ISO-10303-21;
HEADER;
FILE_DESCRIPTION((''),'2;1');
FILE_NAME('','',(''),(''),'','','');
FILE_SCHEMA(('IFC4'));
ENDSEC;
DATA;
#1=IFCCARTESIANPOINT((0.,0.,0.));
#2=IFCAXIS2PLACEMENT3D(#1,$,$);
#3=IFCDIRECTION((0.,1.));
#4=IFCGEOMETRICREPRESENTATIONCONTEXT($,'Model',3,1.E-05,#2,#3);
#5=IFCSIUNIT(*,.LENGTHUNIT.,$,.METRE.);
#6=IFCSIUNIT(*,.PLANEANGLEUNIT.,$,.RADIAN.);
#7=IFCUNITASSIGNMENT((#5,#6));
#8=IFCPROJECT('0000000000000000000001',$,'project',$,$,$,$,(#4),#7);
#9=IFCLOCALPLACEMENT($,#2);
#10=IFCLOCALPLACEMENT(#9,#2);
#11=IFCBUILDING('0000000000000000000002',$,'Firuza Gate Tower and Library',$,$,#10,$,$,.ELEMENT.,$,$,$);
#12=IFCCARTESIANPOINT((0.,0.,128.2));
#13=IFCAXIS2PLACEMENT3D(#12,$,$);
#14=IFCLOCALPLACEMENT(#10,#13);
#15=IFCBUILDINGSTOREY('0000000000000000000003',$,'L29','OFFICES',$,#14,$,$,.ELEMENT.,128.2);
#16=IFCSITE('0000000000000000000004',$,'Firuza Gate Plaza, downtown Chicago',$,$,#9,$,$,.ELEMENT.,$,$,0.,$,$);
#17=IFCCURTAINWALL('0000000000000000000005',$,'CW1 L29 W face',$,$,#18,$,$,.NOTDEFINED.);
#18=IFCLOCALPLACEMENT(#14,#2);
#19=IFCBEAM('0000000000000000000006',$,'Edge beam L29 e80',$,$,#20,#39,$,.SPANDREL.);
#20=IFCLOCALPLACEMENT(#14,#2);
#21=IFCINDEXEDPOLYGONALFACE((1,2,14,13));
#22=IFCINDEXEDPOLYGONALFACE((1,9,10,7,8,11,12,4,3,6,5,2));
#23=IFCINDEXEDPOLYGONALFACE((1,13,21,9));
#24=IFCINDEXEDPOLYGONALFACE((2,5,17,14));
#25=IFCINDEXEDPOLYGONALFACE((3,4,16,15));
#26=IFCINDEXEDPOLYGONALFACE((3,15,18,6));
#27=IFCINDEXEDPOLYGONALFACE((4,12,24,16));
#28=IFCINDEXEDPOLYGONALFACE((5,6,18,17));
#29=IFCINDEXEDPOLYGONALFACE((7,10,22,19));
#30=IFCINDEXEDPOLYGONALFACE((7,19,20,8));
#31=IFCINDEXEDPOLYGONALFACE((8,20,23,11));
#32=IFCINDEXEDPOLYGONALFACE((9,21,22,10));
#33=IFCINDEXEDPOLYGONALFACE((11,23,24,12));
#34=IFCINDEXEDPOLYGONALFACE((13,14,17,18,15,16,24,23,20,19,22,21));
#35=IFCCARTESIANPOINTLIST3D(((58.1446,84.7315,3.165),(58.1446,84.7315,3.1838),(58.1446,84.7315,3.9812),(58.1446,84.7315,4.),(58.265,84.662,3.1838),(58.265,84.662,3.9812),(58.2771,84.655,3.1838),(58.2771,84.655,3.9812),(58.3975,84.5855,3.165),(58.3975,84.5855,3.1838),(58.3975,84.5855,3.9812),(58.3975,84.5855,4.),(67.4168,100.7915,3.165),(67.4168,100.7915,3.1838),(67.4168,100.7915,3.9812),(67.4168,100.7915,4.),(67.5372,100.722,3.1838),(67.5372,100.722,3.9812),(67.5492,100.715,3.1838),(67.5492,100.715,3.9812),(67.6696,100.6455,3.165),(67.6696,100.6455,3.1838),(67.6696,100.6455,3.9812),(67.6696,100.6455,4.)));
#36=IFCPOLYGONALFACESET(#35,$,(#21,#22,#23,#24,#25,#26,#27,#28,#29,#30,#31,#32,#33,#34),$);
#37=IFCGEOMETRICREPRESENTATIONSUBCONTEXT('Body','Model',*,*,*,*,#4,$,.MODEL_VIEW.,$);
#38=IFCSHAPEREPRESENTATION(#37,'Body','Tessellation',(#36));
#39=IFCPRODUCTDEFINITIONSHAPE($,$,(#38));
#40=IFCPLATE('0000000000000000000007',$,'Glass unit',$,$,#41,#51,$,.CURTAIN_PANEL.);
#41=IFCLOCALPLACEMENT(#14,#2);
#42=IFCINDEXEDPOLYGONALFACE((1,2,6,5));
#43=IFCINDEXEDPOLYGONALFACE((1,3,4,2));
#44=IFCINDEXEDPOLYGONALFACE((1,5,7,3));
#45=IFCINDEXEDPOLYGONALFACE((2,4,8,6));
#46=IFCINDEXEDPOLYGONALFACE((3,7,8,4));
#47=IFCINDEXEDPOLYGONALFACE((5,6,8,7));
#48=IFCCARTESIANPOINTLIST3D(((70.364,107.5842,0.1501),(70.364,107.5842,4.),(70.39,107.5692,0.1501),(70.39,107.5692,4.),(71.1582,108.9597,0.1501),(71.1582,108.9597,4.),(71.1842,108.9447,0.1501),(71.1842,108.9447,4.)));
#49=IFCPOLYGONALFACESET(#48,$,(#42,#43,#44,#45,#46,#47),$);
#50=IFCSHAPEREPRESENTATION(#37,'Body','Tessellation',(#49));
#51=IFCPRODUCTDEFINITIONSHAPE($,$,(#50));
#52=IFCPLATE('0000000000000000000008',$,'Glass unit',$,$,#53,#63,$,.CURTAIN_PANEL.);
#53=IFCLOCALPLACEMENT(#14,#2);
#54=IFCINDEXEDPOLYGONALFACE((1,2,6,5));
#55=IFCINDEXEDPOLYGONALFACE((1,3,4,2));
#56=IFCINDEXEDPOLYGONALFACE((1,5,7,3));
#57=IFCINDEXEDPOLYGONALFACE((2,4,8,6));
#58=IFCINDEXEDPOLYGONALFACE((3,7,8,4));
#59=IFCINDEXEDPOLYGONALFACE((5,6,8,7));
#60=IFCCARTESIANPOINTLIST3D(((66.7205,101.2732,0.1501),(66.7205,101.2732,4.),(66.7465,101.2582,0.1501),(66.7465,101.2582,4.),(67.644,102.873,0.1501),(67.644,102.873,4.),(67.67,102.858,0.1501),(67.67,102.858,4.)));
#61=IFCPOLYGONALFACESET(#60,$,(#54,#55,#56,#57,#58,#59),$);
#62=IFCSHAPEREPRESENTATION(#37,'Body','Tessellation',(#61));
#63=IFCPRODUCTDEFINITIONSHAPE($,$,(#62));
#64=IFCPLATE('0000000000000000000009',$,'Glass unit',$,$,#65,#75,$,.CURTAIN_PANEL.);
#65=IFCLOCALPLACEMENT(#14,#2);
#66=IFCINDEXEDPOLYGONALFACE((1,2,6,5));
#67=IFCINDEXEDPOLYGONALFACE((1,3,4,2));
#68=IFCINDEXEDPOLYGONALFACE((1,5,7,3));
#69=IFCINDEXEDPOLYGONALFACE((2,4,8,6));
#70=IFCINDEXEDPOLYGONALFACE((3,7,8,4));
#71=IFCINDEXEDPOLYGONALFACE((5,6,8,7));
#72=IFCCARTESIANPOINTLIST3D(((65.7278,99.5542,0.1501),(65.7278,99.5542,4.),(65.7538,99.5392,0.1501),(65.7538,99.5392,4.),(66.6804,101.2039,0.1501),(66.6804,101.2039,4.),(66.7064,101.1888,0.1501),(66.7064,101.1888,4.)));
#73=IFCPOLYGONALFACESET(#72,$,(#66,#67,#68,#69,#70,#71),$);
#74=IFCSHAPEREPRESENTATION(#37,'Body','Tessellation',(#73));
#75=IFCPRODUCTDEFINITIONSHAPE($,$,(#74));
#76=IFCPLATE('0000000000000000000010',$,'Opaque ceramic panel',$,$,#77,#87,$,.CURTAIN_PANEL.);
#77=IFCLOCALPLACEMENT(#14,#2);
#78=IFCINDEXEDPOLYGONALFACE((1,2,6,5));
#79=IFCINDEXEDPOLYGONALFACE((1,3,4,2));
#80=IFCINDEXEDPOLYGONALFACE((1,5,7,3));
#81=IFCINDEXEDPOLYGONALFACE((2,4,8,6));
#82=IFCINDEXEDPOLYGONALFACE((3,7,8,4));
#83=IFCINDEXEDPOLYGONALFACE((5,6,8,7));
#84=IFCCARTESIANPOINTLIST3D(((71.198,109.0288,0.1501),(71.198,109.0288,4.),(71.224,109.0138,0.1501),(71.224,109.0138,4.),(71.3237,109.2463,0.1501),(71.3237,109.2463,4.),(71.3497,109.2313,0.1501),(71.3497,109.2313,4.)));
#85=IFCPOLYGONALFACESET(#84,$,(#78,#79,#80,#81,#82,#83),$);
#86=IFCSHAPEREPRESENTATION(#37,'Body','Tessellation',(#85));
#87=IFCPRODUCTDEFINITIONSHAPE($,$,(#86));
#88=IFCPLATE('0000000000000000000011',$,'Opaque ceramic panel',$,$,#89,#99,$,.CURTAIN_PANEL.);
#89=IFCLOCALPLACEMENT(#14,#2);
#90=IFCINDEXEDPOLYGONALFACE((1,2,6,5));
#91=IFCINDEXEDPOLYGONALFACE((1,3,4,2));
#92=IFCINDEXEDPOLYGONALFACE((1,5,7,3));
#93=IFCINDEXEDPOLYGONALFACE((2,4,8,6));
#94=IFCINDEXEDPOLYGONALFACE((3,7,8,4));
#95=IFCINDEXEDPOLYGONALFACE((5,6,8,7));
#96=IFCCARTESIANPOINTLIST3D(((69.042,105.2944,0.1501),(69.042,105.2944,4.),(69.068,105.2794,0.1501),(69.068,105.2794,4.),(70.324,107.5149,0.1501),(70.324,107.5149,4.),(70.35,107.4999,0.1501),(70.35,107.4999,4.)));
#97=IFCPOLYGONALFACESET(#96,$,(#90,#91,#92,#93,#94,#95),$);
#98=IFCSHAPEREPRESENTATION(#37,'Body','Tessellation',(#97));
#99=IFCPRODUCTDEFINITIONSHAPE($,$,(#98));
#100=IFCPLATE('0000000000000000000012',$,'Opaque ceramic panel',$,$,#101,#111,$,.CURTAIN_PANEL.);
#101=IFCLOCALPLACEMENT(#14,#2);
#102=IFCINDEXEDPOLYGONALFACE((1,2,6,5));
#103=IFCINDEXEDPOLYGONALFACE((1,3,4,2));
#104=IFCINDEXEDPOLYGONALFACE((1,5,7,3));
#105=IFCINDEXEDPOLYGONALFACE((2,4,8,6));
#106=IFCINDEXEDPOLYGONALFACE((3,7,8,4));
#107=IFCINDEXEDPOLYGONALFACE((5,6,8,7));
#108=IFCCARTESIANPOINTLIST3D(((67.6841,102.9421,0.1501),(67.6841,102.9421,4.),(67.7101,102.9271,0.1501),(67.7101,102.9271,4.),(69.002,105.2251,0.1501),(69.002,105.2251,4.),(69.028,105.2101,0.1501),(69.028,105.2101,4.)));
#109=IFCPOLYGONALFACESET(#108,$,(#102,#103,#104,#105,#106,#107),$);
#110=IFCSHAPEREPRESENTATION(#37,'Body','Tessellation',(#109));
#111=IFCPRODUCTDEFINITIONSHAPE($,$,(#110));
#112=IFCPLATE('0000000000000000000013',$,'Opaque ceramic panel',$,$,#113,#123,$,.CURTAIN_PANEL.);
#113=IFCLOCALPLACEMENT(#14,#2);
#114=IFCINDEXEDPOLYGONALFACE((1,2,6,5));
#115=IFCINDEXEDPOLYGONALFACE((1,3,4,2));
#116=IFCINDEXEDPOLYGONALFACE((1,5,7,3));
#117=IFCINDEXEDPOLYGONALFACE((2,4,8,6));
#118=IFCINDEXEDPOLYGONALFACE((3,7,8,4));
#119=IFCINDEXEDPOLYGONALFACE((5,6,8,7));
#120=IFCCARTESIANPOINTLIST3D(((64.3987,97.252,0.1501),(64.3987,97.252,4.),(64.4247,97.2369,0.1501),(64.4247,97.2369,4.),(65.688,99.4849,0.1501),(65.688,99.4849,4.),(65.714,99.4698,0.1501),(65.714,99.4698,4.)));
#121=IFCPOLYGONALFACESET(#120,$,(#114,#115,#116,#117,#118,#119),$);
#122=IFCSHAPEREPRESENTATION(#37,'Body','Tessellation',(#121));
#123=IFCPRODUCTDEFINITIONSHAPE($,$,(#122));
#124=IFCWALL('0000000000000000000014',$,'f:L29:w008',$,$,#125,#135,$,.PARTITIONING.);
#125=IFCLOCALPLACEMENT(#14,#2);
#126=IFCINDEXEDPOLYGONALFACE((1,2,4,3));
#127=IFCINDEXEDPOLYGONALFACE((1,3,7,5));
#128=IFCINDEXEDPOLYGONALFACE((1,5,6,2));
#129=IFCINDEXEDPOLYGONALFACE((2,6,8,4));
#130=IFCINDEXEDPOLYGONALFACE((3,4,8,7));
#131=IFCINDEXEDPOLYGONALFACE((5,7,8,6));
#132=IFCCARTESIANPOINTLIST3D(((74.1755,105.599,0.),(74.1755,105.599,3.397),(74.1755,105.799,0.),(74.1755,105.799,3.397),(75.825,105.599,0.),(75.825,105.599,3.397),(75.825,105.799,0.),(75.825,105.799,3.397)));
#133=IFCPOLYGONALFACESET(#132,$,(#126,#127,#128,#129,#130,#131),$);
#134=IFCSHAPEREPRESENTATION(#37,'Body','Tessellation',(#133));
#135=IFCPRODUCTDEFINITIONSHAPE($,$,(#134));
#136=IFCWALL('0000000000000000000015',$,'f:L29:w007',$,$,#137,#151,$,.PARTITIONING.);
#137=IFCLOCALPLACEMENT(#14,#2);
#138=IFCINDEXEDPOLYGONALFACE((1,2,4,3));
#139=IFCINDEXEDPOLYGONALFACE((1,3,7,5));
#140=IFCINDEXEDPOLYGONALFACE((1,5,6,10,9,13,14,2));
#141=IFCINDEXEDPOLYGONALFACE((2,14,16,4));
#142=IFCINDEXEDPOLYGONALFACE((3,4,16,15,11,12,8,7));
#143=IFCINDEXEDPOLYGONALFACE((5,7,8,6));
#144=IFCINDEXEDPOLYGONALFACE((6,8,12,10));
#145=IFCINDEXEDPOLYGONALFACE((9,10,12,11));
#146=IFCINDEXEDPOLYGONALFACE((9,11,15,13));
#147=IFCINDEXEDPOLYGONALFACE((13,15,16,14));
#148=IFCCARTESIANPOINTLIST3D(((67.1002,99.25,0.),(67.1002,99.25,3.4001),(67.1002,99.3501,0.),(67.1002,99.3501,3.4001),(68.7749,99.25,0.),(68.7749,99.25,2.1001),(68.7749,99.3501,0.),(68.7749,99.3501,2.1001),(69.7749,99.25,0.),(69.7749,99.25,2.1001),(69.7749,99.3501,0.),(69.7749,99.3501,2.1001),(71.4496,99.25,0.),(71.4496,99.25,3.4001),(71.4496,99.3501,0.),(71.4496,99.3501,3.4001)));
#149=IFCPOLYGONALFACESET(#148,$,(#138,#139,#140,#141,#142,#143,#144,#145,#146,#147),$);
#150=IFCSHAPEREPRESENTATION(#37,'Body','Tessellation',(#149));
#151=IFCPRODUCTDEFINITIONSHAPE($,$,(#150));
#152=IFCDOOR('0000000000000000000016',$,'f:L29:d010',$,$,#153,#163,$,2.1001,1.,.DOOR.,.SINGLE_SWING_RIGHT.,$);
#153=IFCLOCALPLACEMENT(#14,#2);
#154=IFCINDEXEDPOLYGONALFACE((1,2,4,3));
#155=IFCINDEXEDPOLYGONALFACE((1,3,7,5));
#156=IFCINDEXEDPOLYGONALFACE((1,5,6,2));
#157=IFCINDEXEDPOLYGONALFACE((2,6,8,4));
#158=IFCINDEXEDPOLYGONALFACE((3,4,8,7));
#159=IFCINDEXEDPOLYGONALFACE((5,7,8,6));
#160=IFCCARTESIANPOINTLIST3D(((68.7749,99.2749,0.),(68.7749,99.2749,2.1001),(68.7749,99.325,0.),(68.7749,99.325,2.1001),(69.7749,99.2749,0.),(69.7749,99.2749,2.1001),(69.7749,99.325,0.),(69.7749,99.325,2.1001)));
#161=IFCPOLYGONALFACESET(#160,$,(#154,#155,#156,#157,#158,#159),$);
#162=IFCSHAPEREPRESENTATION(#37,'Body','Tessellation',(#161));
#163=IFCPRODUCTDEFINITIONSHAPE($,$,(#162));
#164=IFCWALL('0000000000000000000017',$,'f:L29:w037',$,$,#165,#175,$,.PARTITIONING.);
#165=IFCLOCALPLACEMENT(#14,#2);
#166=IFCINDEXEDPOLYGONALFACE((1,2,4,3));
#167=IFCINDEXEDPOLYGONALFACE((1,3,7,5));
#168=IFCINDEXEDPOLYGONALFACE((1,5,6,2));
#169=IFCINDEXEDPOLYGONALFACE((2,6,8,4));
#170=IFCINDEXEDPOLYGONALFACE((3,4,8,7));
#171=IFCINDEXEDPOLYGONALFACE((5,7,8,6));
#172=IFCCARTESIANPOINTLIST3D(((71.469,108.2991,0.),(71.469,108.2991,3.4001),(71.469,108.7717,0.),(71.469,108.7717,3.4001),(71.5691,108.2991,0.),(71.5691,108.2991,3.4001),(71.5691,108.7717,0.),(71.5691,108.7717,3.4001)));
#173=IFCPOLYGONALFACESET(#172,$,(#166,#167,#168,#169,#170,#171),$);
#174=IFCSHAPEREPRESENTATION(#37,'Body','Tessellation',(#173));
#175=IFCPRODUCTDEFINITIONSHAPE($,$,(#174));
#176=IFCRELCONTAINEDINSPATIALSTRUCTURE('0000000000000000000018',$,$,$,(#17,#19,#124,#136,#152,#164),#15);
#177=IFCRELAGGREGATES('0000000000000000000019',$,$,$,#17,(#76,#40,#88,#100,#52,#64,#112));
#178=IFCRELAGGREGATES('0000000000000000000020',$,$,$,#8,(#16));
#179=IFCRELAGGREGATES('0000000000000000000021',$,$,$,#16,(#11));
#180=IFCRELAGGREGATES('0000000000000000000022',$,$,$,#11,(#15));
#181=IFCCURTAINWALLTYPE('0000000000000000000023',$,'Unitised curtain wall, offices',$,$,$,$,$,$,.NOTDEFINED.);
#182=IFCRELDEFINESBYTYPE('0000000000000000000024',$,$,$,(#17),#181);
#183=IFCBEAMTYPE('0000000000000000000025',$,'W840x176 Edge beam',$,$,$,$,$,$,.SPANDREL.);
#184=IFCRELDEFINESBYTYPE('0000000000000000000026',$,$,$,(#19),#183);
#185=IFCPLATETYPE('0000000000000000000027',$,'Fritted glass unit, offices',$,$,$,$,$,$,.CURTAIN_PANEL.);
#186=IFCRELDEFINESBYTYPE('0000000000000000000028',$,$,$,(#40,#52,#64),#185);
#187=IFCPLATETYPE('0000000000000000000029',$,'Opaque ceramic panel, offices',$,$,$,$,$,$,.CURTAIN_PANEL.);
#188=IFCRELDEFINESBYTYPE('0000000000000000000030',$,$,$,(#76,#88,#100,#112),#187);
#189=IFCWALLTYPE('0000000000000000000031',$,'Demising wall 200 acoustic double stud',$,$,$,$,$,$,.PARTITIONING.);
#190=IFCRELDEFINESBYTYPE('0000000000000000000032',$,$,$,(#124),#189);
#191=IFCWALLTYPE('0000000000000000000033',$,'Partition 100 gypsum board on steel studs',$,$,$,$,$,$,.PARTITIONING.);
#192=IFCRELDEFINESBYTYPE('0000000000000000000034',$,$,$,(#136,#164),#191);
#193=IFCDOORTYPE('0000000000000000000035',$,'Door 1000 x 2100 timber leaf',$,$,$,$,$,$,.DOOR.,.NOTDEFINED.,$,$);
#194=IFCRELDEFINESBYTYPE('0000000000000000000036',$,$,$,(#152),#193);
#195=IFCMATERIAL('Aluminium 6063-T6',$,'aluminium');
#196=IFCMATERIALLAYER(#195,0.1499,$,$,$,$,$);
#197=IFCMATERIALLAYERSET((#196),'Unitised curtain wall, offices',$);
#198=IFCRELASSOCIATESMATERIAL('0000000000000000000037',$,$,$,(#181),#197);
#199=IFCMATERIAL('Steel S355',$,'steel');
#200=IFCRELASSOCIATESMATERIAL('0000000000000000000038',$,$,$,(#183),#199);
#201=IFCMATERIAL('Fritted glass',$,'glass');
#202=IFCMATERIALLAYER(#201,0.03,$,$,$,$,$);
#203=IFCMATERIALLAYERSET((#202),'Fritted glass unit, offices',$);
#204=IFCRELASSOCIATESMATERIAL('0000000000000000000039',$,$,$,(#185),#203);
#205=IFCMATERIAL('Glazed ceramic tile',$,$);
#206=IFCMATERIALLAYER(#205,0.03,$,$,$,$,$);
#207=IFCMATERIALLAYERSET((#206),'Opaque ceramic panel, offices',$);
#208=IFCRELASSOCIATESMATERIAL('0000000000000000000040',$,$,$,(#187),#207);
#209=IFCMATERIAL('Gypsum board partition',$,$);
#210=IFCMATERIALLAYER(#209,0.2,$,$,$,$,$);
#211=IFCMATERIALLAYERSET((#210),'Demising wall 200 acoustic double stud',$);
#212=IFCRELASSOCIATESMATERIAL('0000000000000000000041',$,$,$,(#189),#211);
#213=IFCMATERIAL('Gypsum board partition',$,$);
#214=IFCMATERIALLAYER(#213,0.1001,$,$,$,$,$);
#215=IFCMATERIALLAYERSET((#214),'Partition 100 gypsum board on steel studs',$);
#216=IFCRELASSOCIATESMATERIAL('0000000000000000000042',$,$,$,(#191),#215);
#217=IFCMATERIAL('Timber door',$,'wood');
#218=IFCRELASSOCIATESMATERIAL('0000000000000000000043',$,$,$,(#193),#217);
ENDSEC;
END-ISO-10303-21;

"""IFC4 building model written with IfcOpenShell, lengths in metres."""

from ifc_helpers import new_model, si_unit, direction, frame, frame_2d, origin, origin_2d, place, context, subcontext, project, spatial, polyline, rectangle, i_section, outline, extrude, material, layer, layer_set, material_profile, profile_set, type_object, element, fill, aggregate, save


model = new_model("IFC4")

# Units and contexts
model_context = context("Model", 3, precision=1e-05, world=origin(), true_north=direction((0.0, 1.0)))
body_context = subcontext(model_context, "Body", "Model", "MODEL_VIEW")
ifc_project = project(units=[si_unit("LENGTHUNIT", "METRE"), si_unit("PLANEANGLEUNIT", "RADIAN")], contexts=[model_context])

# Site, building, storey
site_placement = place(None, origin())
site = spatial("IfcSite", under=ifc_project, at=site_placement, Name="Firuza Gate Plaza, downtown Chicago", CompositionType="ELEMENT", RefElevation=0.0)
building_placement = place(site_placement, origin())
building = spatial("IfcBuilding", under=site, at=building_placement, Name="Firuza Gate Tower and Library", CompositionType="ELEMENT")
storey_placement = place(building_placement, frame((0.0, 0.0, 128.2)))
storey = spatial("IfcBuildingStorey", under=building, at=storey_placement, Name="L29", Description="OFFICES", CompositionType="ELEMENT", Elevation=128.2)

# Curtain wall
ifc_material_1 = material(Name="Aluminium 6063-T6", Category="aluminium")
ifc_layer_1 = layer(ifc_material_1, 0.1499)
ifc_layer_set_1 = layer_set([ifc_layer_1], Name="Unitised curtain wall, offices")
curtain_wall_type = type_object("IfcCurtainWallType", Name="Unitised curtain wall, offices", PredefinedType="NOTDEFINED", material=ifc_layer_set_1)
curtain_wall_placement = place(storey_placement, origin())
curtain_wall = element("IfcCurtainWall", 1, at=curtain_wall_placement, inside=storey, type_object=curtain_wall_type, Name="CW1 L29 W face", PredefinedType="NOTDEFINED")

# Beam
ifc_material_2 = material(Name="Steel S355", Category="steel")
ifc_material_profile_1 = material_profile(ifc_material_2, i_section(OverallWidth=0.292, OverallDepth=0.835, WebThickness=0.0139, FlangeThickness=0.0188, at=origin_2d()))
ifc_profile_set_1 = profile_set([ifc_material_profile_1], Name="Steel S355")
beam_type_1 = type_object("IfcBeamType", Name="W840x176 Edge beam", PredefinedType="SPANDREL", material=ifc_profile_set_1)
beam_1_placement = place(storey_placement, frame((67.5432, 100.7185, 3.5825), z_axis=(-0.499997, -0.866027, 0.0), x_axis=(0.866027, -0.499997, 0.0)))
element("IfcBeam", 2, at=beam_1_placement, inside=storey, type_object=beam_type_1, Name="Edge beam L29 e80", PredefinedType="SPANDREL", context=body_context, shape_type="SweptSolid", body=[
    extrude(i_section(OverallWidth=0.292, OverallDepth=0.835, WebThickness=0.0139, FlangeThickness=0.0188, at=origin_2d()), origin(), (0.0, 0.0, 1.0), 18.5444),
])

# Plates
ifc_material_3 = material(Name="Fritted glass", Category="glass")
ifc_layer_2 = layer(ifc_material_3, 0.03)
ifc_layer_set_2 = layer_set([ifc_layer_2], Name="Fritted glass unit, offices")
plate_type_1 = type_object("IfcPlateType", Name="Fritted glass unit, offices", PredefinedType="CURTAIN_PANEL", material=ifc_layer_set_2)
plate_1_placement = place(storey_placement, frame((71.1582, 108.9597, 0.1501), z_axis=(-0.866012, 0.500024, 0.0), x_axis=(-0.500024, -0.866012, 0.0)))
plate_1 = element("IfcPlate", 3, at=plate_1_placement, type_object=plate_type_1, Name="Glass unit", PredefinedType="CURTAIN_PANEL", context=body_context, shape_type="SweptSolid", body=[
    extrude(outline(polyline([(0.0, 0.0), (1.5883, 0.0), (1.5883, 3.8499), (0.0, 3.8499), (0.0, 0.0)])), origin(), (0.0, 0.0, -1.0), 0.03),
])
plate_2_placement = place(storey_placement, frame((67.644, 102.873, 0.1501), z_axis=(-0.866047, 0.499963, 0.0), x_axis=(-0.499963, -0.866047, 0.0)))
plate_2 = element("IfcPlate", 4, at=plate_2_placement, type_object=plate_type_1, Name="Glass unit", PredefinedType="CURTAIN_PANEL", context=body_context, shape_type="SweptSolid", body=[
    extrude(outline(polyline([(0.0, 0.0), (1.8473, 0.0), (1.8473, 3.8499), (0.0, 3.8499), (0.0, 0.0)])), origin(), (0.0, 0.0, -1.0), 0.03),
])
plate_3_placement = place(storey_placement, frame((66.6804, 101.2039, 0.1501), z_axis=(-0.865979, 0.500081, 0.0), x_axis=(-0.500081, -0.865979, 0.0)))
plate_3 = element("IfcPlate", 5, at=plate_3_placement, type_object=plate_type_1, Name="Glass unit", PredefinedType="CURTAIN_PANEL", context=body_context, shape_type="SweptSolid", body=[
    extrude(outline(polyline([(0.0, 0.0), (1.905, 0.0), (1.905, 3.8499), (0.0, 3.8499), (0.0, 0.0)])), origin(), (0.0, 0.0, -1.0), 0.03),
])
ifc_material_4 = material(Name="Glazed ceramic tile")
ifc_layer_3 = layer(ifc_material_4, 0.03)
ifc_layer_set_3 = layer_set([ifc_layer_3], Name="Opaque ceramic panel, offices")
plate_type_2 = type_object("IfcPlateType", Name="Opaque ceramic panel, offices", PredefinedType="CURTAIN_PANEL", material=ifc_layer_set_3)
plate_4_placement = place(storey_placement, frame((71.3237, 109.2463, 0.1501), z_axis=(-0.865781, 0.500423, 0.0), x_axis=(-0.500423, -0.865781, 0.0)))
plate_4 = element("IfcPlate", 6, at=plate_4_placement, type_object=plate_type_2, Name="Opaque ceramic panel", PredefinedType="CURTAIN_PANEL", context=body_context, shape_type="SweptSolid", body=[
    extrude(outline(polyline([(0.0, 0.0), (0.2513, 0.0), (0.2513, 3.8499), (0.0, 3.8499), (0.0, 0.0)])), origin(), (0.0, 0.0, -1.0), 0.03),
])
plate_5_placement = place(storey_placement, frame((70.324, 107.5149, 0.1501), z_axis=(-0.866025, 0.5, 0.0), x_axis=(-0.5, -0.866025, 0.0)))
plate_5 = element("IfcPlate", 7, at=plate_5_placement, type_object=plate_type_2, Name="Opaque ceramic panel", PredefinedType="CURTAIN_PANEL", context=body_context, shape_type="SweptSolid", body=[
    extrude(outline(polyline([(0.0, 0.0), (2.564, 0.0), (2.564, 3.8499), (0.0, 3.8499), (0.0, 0.0)])), origin(), (0.0, 0.0, -1.0), 0.03),
])
plate_6_placement = place(storey_placement, frame((69.002, 105.2251, 0.1501), z_axis=(-0.866058, 0.499944, 0.0), x_axis=(-0.499944, -0.866058, 0.0)))
plate_6 = element("IfcPlate", 8, at=plate_6_placement, type_object=plate_type_2, Name="Opaque ceramic panel", PredefinedType="CURTAIN_PANEL", context=body_context, shape_type="SweptSolid", body=[
    extrude(outline(polyline([(0.0, 0.0), (2.636, 0.0), (2.636, 3.8499), (0.0, 3.8499), (0.0, 0.0)])), origin(), (0.0, 0.0, -1.0), 0.03),
])
plate_7_placement = place(storey_placement, frame((65.688, 99.4849, 0.1501), z_axis=(-0.866003, 0.500039, 0.0), x_axis=(-0.500039, -0.866003, 0.0)))
plate_7 = element("IfcPlate", 9, at=plate_7_placement, type_object=plate_type_2, Name="Opaque ceramic panel", PredefinedType="CURTAIN_PANEL", context=body_context, shape_type="SweptSolid", body=[
    extrude(outline(polyline([(0.0, 0.0), (2.5784, 0.0), (2.5784, 3.8499), (0.0, 3.8499), (0.0, 0.0)])), origin(), (0.0, 0.0, -1.0), 0.03),
])
aggregate(curtain_wall, [plate_4, plate_1, plate_5, plate_6, plate_2, plate_3, plate_7])

# Wall
ifc_material_5 = material(Name="Gypsum board partition")
ifc_layer_4 = layer(ifc_material_5, 0.2)
ifc_layer_set_4 = layer_set([ifc_layer_4], Name="Demising wall 200 acoustic double stud")
wall_type_1 = type_object("IfcWallType", Name="Demising wall 200 acoustic double stud", PredefinedType="PARTITIONING", material=ifc_layer_set_4)
wall_1_placement = place(storey_placement, frame((74.1755, 105.699, 0.0), z_axis=(0.0, 0.0, 1.0), x_axis=(1.0, 0.0, 0.0)))
element("IfcWall", 10, at=wall_1_placement, inside=storey, type_object=wall_type_1, Name="f:L29:w008", PredefinedType="PARTITIONING", context=body_context, shape_type="SweptSolid", body=[
    extrude(rectangle(XDim=1.6494, YDim=0.2, at=frame_2d((0.8247, 0.0))), origin(), (0.0, 0.0, 1.0), 3.397),
])

# Wall, opening, door
ifc_material_6 = material(Name="Gypsum board partition")
ifc_layer_5 = layer(ifc_material_6, 0.1001)
ifc_layer_set_5 = layer_set([ifc_layer_5], Name="Partition 100 gypsum board on steel studs")
wall_type_2 = type_object("IfcWallType", Name="Partition 100 gypsum board on steel studs", PredefinedType="PARTITIONING", material=ifc_layer_set_5)
wall_2_placement = place(storey_placement, frame((67.1001, 99.3, 0.0), z_axis=(0.0, 0.0, 1.0), x_axis=(1.0, 0.0, 0.0)))
wall_2 = element("IfcWall", 11, at=wall_2_placement, inside=storey, type_object=wall_type_2, Name="f:L29:w007", PredefinedType="PARTITIONING", context=body_context, shape_type="SweptSolid", body=[
    extrude(rectangle(XDim=4.3494, YDim=0.1001, at=frame_2d((2.1748, 0.0))), origin(), (0.0, 0.0, 1.0), 3.4001),
])
opening_placement = place(wall_2_placement, frame((1.6748, 0.0, 0.0)))
opening = element("IfcOpeningElement", 12, at=opening_placement, cuts=wall_2, PredefinedType="OPENING", context=body_context, shape_type="SweptSolid", body=[
    extrude(rectangle(XDim=1.0, YDim=2.1001, at=frame_2d((0.5, 1.05))), frame((0.0, 0.0601, 0.0), z_axis=(0.0, -1.0, 0.0), x_axis=(1.0, 0.0, 0.0)), (0.0, 0.0, 1.0), 0.1201),
])
ifc_material_7 = material(Name="Timber door", Category="wood")
door_type = type_object("IfcDoorType", Name="Door 1000 x 2100 timber leaf", OperationType="NOTDEFINED", PredefinedType="DOOR", material=ifc_material_7)
door_placement = place(opening_placement, origin())
door = element("IfcDoor", 13, at=door_placement, inside=storey, type_object=door_type, Name="f:L29:d010", OperationType="SINGLE_SWING_RIGHT", OverallHeight=2.1001, OverallWidth=1.0, PredefinedType="DOOR", context=body_context, shape_type="SweptSolid", body=[
    extrude(rectangle(XDim=1.0, YDim=2.1001, at=frame_2d((0.5, 1.05))), frame((0.0, 0.0249, 0.0), z_axis=(0.0, -1.0, 0.0), x_axis=(1.0, 0.0, 0.0)), (0.0, 0.0, 1.0), 0.05),
])
fill(opening, door)

# Wall
wall_3_placement = place(storey_placement, frame((71.519, 108.2991, 0.0), z_axis=(0.0, 0.0, 1.0), x_axis=(0.0, 1.0, 0.0)))
element("IfcWall", 14, at=wall_3_placement, inside=storey, type_object=wall_type_2, Name="f:L29:w037", PredefinedType="PARTITIONING", context=body_context, shape_type="SweptSolid", body=[
    extrude(rectangle(XDim=0.4727, YDim=0.1001, at=frame_2d((0.2363, 0.0))), origin(), (0.0, 0.0, 1.0), 3.4001),
])

save(model, "model.ifc")
